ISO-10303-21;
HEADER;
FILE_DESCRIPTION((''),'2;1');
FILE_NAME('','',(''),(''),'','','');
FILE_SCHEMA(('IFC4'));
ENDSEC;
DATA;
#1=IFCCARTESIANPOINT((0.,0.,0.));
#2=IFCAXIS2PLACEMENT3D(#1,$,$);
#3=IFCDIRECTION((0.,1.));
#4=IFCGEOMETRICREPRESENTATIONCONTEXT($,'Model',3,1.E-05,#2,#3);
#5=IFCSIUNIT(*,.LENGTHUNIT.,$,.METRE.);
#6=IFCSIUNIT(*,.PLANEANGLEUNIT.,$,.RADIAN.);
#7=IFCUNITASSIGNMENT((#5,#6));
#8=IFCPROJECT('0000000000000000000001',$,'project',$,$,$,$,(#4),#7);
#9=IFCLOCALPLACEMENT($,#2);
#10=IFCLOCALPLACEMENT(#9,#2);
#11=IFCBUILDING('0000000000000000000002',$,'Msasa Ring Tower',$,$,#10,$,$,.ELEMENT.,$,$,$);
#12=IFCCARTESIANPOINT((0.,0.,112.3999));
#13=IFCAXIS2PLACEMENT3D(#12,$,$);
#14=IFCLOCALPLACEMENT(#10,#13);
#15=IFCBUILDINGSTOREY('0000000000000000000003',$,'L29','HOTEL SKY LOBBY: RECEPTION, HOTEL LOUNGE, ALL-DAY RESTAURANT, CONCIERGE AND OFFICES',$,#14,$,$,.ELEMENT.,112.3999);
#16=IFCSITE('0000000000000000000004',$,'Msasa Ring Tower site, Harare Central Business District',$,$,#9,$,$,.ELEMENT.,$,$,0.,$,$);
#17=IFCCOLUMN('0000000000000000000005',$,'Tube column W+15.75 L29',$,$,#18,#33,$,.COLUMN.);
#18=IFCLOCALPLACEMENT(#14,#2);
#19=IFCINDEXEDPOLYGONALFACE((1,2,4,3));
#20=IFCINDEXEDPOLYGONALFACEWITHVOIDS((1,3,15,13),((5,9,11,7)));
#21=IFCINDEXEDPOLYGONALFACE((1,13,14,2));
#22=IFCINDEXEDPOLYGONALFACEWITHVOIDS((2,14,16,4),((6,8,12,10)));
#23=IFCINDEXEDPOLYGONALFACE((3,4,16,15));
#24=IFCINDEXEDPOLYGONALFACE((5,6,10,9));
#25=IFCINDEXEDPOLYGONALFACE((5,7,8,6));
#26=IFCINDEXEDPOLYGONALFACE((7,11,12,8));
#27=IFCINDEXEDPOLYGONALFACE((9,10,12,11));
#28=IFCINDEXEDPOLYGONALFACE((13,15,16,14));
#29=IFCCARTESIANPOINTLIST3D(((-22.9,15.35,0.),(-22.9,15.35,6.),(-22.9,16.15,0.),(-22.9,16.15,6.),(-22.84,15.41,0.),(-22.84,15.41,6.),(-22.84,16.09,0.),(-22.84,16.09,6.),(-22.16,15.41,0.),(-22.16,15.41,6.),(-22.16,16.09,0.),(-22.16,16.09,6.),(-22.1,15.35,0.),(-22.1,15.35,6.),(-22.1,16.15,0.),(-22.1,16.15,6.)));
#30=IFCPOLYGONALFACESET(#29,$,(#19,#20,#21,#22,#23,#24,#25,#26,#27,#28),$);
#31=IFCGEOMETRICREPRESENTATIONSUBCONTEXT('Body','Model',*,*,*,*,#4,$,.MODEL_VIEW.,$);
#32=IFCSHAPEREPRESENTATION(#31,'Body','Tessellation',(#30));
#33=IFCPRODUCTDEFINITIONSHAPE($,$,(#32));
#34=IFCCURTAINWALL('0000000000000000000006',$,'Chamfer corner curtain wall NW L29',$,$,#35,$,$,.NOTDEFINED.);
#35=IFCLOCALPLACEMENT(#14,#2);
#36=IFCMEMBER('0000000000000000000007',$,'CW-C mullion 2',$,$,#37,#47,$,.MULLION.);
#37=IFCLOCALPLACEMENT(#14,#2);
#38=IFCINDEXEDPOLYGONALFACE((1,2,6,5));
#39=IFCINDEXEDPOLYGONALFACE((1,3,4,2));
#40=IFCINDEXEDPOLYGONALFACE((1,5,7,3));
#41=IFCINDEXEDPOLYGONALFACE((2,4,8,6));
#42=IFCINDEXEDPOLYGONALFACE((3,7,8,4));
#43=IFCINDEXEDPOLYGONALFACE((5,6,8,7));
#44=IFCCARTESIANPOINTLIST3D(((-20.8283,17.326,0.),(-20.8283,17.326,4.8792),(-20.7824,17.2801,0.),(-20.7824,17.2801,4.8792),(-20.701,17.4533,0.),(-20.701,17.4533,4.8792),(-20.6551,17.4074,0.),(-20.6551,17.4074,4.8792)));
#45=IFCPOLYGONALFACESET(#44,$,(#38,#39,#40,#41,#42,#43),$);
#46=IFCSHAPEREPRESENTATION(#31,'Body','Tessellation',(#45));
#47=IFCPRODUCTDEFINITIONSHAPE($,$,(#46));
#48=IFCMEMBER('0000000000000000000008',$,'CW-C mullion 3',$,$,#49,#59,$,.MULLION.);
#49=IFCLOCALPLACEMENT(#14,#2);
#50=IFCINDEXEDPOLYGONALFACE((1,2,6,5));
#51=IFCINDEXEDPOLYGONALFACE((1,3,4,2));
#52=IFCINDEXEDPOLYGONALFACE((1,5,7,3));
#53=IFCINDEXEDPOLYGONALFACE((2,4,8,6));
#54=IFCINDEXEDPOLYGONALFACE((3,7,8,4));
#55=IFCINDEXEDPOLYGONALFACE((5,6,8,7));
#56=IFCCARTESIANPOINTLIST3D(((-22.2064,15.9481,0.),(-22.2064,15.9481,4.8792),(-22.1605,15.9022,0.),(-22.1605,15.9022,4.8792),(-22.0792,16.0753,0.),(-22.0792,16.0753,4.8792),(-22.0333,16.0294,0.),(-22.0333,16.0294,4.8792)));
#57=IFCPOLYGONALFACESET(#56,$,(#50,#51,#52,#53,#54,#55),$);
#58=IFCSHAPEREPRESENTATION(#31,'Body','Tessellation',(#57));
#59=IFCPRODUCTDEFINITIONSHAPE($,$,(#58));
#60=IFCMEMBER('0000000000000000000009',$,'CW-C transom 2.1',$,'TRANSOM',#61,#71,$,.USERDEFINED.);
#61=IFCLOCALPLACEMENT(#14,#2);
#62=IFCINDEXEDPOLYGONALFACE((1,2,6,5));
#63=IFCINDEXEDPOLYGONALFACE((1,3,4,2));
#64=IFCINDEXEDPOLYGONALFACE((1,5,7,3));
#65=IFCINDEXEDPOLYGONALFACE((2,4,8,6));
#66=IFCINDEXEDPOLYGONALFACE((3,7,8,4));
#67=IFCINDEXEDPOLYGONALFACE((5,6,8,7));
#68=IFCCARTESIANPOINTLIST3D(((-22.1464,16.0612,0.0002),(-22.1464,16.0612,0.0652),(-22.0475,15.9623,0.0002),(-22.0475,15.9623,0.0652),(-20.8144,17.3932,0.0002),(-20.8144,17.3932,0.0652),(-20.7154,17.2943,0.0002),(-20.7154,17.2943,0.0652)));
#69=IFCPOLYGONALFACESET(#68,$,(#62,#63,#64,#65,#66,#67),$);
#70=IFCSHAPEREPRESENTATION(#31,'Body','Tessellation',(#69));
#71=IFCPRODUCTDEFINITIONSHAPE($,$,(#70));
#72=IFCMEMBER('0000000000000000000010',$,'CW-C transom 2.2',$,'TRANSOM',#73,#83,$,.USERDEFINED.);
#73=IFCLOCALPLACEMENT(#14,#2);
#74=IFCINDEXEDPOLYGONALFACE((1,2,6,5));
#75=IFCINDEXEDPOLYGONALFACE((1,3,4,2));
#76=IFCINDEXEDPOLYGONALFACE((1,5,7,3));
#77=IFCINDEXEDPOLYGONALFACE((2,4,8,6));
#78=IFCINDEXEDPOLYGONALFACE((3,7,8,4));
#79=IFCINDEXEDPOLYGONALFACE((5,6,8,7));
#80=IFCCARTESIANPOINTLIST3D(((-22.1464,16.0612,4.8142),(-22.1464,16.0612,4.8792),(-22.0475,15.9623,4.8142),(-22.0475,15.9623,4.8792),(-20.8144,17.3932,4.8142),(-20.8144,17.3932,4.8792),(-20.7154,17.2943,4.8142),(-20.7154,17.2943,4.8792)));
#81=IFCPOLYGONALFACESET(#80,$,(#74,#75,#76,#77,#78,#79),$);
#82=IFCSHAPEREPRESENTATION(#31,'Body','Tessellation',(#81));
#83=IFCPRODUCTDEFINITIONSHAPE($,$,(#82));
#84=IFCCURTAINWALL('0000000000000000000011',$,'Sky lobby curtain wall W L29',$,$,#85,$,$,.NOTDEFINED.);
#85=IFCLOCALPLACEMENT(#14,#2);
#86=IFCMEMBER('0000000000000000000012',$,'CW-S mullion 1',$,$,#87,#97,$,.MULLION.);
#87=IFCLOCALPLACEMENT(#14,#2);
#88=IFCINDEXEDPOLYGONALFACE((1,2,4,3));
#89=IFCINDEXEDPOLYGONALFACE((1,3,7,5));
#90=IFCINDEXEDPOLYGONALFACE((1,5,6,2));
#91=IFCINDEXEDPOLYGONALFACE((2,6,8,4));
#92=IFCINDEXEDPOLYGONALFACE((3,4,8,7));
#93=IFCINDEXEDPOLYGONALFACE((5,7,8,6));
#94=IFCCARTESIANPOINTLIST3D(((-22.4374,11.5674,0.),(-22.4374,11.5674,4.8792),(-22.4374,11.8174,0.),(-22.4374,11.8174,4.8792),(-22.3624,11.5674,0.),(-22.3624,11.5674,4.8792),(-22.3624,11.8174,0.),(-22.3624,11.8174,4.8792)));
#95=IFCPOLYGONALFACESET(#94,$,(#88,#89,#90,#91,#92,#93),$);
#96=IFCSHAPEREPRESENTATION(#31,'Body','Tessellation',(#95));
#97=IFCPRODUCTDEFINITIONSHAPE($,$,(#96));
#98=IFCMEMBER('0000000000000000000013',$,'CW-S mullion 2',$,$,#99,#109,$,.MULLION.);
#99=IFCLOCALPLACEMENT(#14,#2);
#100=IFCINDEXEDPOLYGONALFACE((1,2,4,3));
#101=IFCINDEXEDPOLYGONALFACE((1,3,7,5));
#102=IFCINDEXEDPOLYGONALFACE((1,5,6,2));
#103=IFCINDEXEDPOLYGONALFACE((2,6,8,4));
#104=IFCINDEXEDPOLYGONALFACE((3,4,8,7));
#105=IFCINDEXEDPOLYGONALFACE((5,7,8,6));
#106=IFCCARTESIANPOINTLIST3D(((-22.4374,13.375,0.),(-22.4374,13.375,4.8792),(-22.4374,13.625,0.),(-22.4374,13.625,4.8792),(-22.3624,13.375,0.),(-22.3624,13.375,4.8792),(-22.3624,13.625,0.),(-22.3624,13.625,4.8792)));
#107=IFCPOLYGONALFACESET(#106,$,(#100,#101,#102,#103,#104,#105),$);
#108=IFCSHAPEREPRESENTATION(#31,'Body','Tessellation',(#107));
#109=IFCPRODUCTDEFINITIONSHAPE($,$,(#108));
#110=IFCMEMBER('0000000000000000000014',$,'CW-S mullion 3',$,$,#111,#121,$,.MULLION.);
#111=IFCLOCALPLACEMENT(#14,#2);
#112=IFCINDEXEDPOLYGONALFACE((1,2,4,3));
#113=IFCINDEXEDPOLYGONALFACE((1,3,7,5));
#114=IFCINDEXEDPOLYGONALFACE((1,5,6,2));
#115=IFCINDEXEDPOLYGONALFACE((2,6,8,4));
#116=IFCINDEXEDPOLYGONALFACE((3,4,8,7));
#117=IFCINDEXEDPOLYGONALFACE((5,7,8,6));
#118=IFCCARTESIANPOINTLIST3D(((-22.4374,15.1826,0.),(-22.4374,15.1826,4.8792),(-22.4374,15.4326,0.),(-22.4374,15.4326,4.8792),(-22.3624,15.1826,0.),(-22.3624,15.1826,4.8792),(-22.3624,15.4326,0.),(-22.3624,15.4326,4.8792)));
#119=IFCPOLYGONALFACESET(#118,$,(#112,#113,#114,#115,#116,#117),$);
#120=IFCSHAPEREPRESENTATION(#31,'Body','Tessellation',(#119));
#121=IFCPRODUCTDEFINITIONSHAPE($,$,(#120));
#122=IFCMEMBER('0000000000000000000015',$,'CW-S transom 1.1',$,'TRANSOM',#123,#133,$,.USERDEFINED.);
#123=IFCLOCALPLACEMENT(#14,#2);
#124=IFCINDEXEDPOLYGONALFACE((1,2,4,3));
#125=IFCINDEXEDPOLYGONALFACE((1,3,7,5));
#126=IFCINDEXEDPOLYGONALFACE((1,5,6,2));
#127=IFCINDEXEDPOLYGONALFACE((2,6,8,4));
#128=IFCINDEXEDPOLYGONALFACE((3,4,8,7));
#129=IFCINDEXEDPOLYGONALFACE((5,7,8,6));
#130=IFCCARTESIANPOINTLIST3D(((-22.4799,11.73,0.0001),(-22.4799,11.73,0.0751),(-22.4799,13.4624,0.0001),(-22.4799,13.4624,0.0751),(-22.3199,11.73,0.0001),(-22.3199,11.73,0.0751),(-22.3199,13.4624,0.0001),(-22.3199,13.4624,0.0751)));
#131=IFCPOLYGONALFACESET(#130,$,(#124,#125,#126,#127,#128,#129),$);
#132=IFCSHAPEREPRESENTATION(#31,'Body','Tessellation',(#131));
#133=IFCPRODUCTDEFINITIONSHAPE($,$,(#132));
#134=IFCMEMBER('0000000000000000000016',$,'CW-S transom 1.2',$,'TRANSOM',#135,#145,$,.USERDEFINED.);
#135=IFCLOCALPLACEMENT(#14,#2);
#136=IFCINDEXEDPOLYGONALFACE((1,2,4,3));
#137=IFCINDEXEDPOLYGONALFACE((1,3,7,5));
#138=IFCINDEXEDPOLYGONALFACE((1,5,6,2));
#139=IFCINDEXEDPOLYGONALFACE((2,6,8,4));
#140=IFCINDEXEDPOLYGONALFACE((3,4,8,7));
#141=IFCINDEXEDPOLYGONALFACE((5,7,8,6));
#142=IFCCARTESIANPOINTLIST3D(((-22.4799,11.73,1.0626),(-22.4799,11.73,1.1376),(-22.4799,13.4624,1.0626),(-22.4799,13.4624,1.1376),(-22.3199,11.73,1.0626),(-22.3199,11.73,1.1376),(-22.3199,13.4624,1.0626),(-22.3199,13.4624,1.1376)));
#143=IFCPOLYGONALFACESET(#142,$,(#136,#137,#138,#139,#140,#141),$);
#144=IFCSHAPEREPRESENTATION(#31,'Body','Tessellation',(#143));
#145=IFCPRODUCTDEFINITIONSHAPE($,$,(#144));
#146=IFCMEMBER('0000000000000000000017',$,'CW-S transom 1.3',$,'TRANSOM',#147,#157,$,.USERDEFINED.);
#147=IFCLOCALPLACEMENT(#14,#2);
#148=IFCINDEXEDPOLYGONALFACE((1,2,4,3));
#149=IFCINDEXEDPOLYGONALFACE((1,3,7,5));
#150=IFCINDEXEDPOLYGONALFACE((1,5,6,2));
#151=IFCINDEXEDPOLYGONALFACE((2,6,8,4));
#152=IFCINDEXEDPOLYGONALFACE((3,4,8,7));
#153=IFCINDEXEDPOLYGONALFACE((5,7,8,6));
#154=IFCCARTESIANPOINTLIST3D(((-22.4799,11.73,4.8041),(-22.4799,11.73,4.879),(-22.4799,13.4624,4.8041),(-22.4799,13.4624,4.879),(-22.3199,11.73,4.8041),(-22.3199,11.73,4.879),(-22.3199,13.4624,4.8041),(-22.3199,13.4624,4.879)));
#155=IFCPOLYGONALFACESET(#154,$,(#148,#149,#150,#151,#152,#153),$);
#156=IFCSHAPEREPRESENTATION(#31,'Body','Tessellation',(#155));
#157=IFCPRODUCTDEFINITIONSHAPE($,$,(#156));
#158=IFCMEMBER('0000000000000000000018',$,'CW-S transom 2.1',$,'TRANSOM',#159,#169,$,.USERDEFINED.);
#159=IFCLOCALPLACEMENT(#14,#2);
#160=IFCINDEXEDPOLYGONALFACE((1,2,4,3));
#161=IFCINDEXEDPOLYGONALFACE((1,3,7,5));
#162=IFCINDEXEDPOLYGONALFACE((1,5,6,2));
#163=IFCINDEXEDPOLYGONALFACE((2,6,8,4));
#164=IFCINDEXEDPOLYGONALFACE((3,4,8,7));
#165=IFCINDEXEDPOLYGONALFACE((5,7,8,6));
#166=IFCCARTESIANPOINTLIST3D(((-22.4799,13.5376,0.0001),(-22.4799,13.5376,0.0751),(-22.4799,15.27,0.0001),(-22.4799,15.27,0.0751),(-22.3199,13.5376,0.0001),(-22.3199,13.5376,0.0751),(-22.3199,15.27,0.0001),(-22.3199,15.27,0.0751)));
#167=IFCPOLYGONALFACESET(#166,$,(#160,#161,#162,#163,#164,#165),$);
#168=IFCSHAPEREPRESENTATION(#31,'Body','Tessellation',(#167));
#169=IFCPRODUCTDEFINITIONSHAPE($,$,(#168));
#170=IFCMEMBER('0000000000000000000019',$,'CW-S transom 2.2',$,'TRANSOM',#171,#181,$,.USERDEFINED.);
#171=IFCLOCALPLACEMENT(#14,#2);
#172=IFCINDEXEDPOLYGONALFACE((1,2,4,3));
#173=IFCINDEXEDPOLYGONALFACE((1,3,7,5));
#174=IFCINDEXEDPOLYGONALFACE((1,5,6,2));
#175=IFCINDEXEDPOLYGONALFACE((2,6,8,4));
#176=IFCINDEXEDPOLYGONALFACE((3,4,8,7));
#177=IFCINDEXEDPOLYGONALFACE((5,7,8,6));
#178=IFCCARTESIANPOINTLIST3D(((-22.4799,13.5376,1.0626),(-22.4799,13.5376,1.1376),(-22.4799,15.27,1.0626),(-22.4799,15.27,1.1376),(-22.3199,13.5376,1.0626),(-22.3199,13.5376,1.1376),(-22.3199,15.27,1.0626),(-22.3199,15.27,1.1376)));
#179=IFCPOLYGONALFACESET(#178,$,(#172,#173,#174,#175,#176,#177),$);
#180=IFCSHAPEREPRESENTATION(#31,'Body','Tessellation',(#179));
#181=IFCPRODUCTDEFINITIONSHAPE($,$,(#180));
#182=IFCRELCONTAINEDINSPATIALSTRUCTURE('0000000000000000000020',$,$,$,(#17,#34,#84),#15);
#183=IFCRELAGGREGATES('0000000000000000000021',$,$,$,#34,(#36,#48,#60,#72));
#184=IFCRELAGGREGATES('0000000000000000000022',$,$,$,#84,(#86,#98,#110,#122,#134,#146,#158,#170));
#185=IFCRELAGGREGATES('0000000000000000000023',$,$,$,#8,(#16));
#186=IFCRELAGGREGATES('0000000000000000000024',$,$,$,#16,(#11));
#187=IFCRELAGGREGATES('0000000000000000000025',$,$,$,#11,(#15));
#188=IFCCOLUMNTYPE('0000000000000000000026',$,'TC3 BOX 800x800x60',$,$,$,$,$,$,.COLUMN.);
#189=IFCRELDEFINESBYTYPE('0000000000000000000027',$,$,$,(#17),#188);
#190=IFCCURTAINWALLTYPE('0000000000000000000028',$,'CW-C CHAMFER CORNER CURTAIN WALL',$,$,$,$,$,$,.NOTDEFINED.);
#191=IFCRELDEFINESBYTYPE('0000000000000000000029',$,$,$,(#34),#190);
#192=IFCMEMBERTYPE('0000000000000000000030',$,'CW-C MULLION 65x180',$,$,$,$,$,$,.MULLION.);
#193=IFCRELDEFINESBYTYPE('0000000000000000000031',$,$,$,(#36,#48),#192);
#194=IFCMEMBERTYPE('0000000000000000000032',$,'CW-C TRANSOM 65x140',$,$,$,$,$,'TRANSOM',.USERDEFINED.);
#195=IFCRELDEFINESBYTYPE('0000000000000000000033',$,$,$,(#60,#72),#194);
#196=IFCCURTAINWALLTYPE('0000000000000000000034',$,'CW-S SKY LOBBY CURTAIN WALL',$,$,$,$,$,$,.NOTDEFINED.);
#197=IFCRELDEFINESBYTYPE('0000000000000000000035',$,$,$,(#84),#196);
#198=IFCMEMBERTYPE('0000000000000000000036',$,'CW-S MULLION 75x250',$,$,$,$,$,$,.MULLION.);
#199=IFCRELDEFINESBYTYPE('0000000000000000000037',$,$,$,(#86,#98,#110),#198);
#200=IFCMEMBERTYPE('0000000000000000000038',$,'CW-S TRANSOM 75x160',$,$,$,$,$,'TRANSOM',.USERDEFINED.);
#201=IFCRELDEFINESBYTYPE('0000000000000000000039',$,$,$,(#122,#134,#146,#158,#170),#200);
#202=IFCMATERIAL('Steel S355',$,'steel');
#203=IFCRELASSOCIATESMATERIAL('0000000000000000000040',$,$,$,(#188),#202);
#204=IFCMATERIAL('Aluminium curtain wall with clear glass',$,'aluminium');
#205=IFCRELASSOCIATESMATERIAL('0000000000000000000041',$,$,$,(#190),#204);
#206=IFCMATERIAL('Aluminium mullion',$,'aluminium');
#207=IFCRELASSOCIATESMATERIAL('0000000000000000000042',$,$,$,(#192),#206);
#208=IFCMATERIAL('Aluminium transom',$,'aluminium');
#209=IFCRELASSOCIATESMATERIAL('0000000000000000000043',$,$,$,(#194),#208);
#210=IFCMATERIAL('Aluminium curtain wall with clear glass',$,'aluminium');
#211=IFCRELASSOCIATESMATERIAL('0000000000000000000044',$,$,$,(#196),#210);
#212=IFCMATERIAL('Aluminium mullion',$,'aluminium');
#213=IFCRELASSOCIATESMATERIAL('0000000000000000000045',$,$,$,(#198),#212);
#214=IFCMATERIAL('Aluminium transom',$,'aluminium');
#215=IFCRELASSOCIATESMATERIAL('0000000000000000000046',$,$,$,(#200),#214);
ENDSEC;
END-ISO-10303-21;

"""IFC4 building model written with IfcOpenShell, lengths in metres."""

from ifc_helpers import new_model, si_unit, direction, frame, origin, origin_2d, place, context, subcontext, project, spatial, rectangle, hollow_rectangle, extrude, material, material_profile, profile_set, type_object, element, aggregate, save


model = new_model("IFC4")

# Units and contexts
model_context = context("Model", 3, precision=1e-05, world=origin(), true_north=direction((0.0, 1.0)))
body_context = subcontext(model_context, "Body", "Model", "MODEL_VIEW")
ifc_project = project(units=[si_unit("LENGTHUNIT", "METRE"), si_unit("PLANEANGLEUNIT", "RADIAN")], contexts=[model_context])

# Site, building, storey
site_placement = place(None, origin())
site = spatial("IfcSite", under=ifc_project, at=site_placement, Name="Msasa Ring Tower site, Harare Central Business District", CompositionType="ELEMENT", RefElevation=0.0)
building_placement = place(site_placement, origin())
building = spatial("IfcBuilding", under=site, at=building_placement, Name="Msasa Ring Tower", CompositionType="ELEMENT")
storey_placement = place(building_placement, frame((0.0, 0.0, 112.3999)))
storey = spatial("IfcBuildingStorey", under=building, at=storey_placement, Name="L29", Description="HOTEL SKY LOBBY: RECEPTION, HOTEL LOUNGE, ALL-DAY RESTAURANT, CONCIERGE AND OFFICES", CompositionType="ELEMENT", Elevation=112.3999)

# Column
ifc_material_1 = material(Name="Steel S355", Category="steel")
ifc_material_profile_1 = material_profile(ifc_material_1, hollow_rectangle(XDim=0.8, YDim=0.8, WallThickness=0.0601, at=origin_2d()), Name="BOX 800x800x60")
ifc_profile_set_1 = profile_set([ifc_material_profile_1], Name="Steel S355")
column_type = type_object("IfcColumnType", Name="TC3 BOX 800x800x60", PredefinedType="COLUMN", material=ifc_profile_set_1)
column_placement = place(storey_placement, frame((-22.5, 15.75, 0.0), z_axis=(0.0, 0.0, 1.0), x_axis=(1.0, 0.0, 0.0)))
element("IfcColumn", 1, at=column_placement, inside=storey, type_object=column_type, Name="Tube column W+15.75 L29", PredefinedType="COLUMN", context=body_context, shape_type="SweptSolid", body=[
    extrude(hollow_rectangle(XDim=0.8, YDim=0.8, WallThickness=0.0601, at=origin_2d()), origin(), (0.0, 0.0, 1.0), 6.0),
])

# Curtain walls, members
ifc_material_2 = material(Name="Aluminium curtain wall with clear glass", Category="aluminium")
curtain_wall_type_1 = type_object("IfcCurtainWallType", Name="CW-C CHAMFER CORNER CURTAIN WALL", PredefinedType="NOTDEFINED", material=ifc_material_2)
curtain_wall_1_placement = place(storey_placement, origin())
curtain_wall_1 = element("IfcCurtainWall", 2, at=curtain_wall_1_placement, inside=storey, type_object=curtain_wall_type_1, Name="Chamfer corner curtain wall NW L29", PredefinedType="NOTDEFINED")
ifc_material_3 = material(Name="Aluminium mullion", Category="aluminium")
ifc_material_profile_2 = material_profile(ifc_material_3, rectangle(XDim=0.0649, YDim=0.1799, at=origin_2d()), Name="AL 65x180")
ifc_profile_set_2 = profile_set([ifc_material_profile_2], Name="Aluminium mullion")
member_type_1 = type_object("IfcMemberType", Name="CW-C MULLION 65x180", PredefinedType="MULLION", material=ifc_profile_set_2)
member_1_placement = place(storey_placement, frame((-20.7417, 17.3667, 0.0), z_axis=(0.0, 0.0, 1.0), x_axis=(0.707107, -0.707107, 0.0)))
member_1 = element("IfcMember", 3, at=member_1_placement, type_object=member_type_1, Name="CW-C mullion 2", PredefinedType="MULLION", context=body_context, shape_type="SweptSolid", body=[
    extrude(rectangle(XDim=0.0649, YDim=0.1799, at=origin_2d()), origin(), (0.0, 0.0, 1.0), 4.8792),
])
member_2_placement = place(storey_placement, frame((-22.1199, 15.9888, 0.0), z_axis=(0.0, 0.0, 1.0), x_axis=(0.707107, -0.707107, 0.0)))
member_2 = element("IfcMember", 4, at=member_2_placement, type_object=member_type_1, Name="CW-C mullion 3", PredefinedType="MULLION", context=body_context, shape_type="SweptSolid", body=[
    extrude(rectangle(XDim=0.0649, YDim=0.1799, at=origin_2d()), origin(), (0.0, 0.0, 1.0), 4.8792),
])
ifc_material_4 = material(Name="Aluminium transom", Category="aluminium")
ifc_material_profile_3 = material_profile(ifc_material_4, rectangle(XDim=0.1399, YDim=0.0649, at=origin_2d()), Name="AL 65x140")
ifc_profile_set_3 = profile_set([ifc_material_profile_3], Name="Aluminium transom")
member_type_2 = type_object("IfcMemberType", Name="CW-C TRANSOM 65x140", ElementType="TRANSOM", PredefinedType="USERDEFINED", material=ifc_profile_set_3)
member_3_placement = place(storey_placement, frame((-20.7649, 17.3438, 0.0327), z_axis=(-0.707107, -0.707107, 0.0), x_axis=(0.707107, -0.707107, 0.0)))
member_3 = element("IfcMember", 5, at=member_3_placement, type_object=member_type_2, Name="CW-C transom 2.1", ObjectType="TRANSOM", PredefinedType="USERDEFINED", context=body_context, shape_type="SweptSolid", body=[
    extrude(rectangle(XDim=0.1399, YDim=0.0649, at=origin_2d()), origin(), (0.0, 0.0, 1.0), 1.8838),
])
member_4_placement = place(storey_placement, frame((-20.7649, 17.3438, 4.8467), z_axis=(-0.707107, -0.707107, 0.0), x_axis=(0.707107, -0.707107, 0.0)))
member_4 = element("IfcMember", 6, at=member_4_placement, type_object=member_type_2, Name="CW-C transom 2.2", ObjectType="TRANSOM", PredefinedType="USERDEFINED", context=body_context, shape_type="SweptSolid", body=[
    extrude(rectangle(XDim=0.1399, YDim=0.0649, at=origin_2d()), origin(), (0.0, 0.0, 1.0), 1.8838),
])
ifc_material_5 = material(Name="Aluminium curtain wall with clear glass", Category="aluminium")
curtain_wall_type_2 = type_object("IfcCurtainWallType", Name="CW-S SKY LOBBY CURTAIN WALL", PredefinedType="NOTDEFINED", material=ifc_material_5)
curtain_wall_2_placement = place(storey_placement, origin())
curtain_wall_2 = element("IfcCurtainWall", 7, at=curtain_wall_2_placement, inside=storey, type_object=curtain_wall_type_2, Name="Sky lobby curtain wall W L29", PredefinedType="NOTDEFINED")
ifc_material_6 = material(Name="Aluminium mullion", Category="aluminium")
ifc_material_profile_4 = material_profile(ifc_material_6, rectangle(XDim=0.075, YDim=0.25, at=origin_2d()), Name="AL 75x250")
ifc_profile_set_4 = profile_set([ifc_material_profile_4], Name="Aluminium mullion")
member_type_3 = type_object("IfcMemberType", Name="CW-S MULLION 75x250", PredefinedType="MULLION", material=ifc_profile_set_4)
member_5_placement = place(storey_placement, frame((-22.3999, 11.6924, 0.0), z_axis=(0.0, 0.0, 1.0), x_axis=(-1.0, 0.0, 0.0)))
member_5 = element("IfcMember", 8, at=member_5_placement, type_object=member_type_3, Name="CW-S mullion 1", PredefinedType="MULLION", context=body_context, shape_type="SweptSolid", body=[
    extrude(rectangle(XDim=0.075, YDim=0.25, at=origin_2d()), origin(), (0.0, 0.0, 1.0), 4.8792),
])
member_6_placement = place(storey_placement, frame((-22.3999, 13.5, 0.0), z_axis=(0.0, 0.0, 1.0), x_axis=(-1.0, 0.0, 0.0)))
member_6 = element("IfcMember", 9, at=member_6_placement, type_object=member_type_3, Name="CW-S mullion 2", PredefinedType="MULLION", context=body_context, shape_type="SweptSolid", body=[
    extrude(rectangle(XDim=0.075, YDim=0.25, at=origin_2d()), origin(), (0.0, 0.0, 1.0), 4.8792),
])
member_7_placement = place(storey_placement, frame((-22.3999, 15.3076, 0.0), z_axis=(0.0, 0.0, 1.0), x_axis=(-1.0, 0.0, 0.0)))
member_7 = element("IfcMember", 10, at=member_7_placement, type_object=member_type_3, Name="CW-S mullion 3", PredefinedType="MULLION", context=body_context, shape_type="SweptSolid", body=[
    extrude(rectangle(XDim=0.075, YDim=0.25, at=origin_2d()), origin(), (0.0, 0.0, 1.0), 4.8792),
])
ifc_material_7 = material(Name="Aluminium transom", Category="aluminium")
ifc_material_profile_5 = material_profile(ifc_material_7, rectangle(XDim=0.1599, YDim=0.075, at=origin_2d()), Name="AL 75x160")
ifc_profile_set_5 = profile_set([ifc_material_profile_5], Name="Aluminium transom")
member_type_4 = type_object("IfcMemberType", Name="CW-S TRANSOM 75x160", ElementType="TRANSOM", PredefinedType="USERDEFINED", material=ifc_profile_set_5)
member_8_placement = place(storey_placement, frame((-22.3999, 11.73, 0.0376), z_axis=(0.0, 1.0, 0.0), x_axis=(-1.0, 0.0, 0.0)))
member_8 = element("IfcMember", 11, at=member_8_placement, type_object=member_type_4, Name="CW-S transom 1.1", ObjectType="TRANSOM", PredefinedType="USERDEFINED", context=body_context, shape_type="SweptSolid", body=[
    extrude(rectangle(XDim=0.1599, YDim=0.075, at=origin_2d()), origin(), (0.0, 0.0, 1.0), 1.7324),
])
member_9_placement = place(storey_placement, frame((-22.3999, 11.73, 1.1001), z_axis=(0.0, 1.0, 0.0), x_axis=(-1.0, 0.0, 0.0)))
member_9 = element("IfcMember", 12, at=member_9_placement, type_object=member_type_4, Name="CW-S transom 1.2", ObjectType="TRANSOM", PredefinedType="USERDEFINED", context=body_context, shape_type="SweptSolid", body=[
    extrude(rectangle(XDim=0.1599, YDim=0.075, at=origin_2d()), origin(), (0.0, 0.0, 1.0), 1.7324),
])
member_10_placement = place(storey_placement, frame((-22.3999, 11.73, 4.8416), z_axis=(0.0, 1.0, 0.0), x_axis=(-1.0, 0.0, 0.0)))
member_10 = element("IfcMember", 13, at=member_10_placement, type_object=member_type_4, Name="CW-S transom 1.3", ObjectType="TRANSOM", PredefinedType="USERDEFINED", context=body_context, shape_type="SweptSolid", body=[
    extrude(rectangle(XDim=0.1599, YDim=0.075, at=origin_2d()), origin(), (0.0, 0.0, 1.0), 1.7324),
])
member_11_placement = place(storey_placement, frame((-22.3999, 13.5376, 0.0376), z_axis=(0.0, 1.0, 0.0), x_axis=(-1.0, 0.0, 0.0)))
member_11 = element("IfcMember", 14, at=member_11_placement, type_object=member_type_4, Name="CW-S transom 2.1", ObjectType="TRANSOM", PredefinedType="USERDEFINED", context=body_context, shape_type="SweptSolid", body=[
    extrude(rectangle(XDim=0.1599, YDim=0.075, at=origin_2d()), origin(), (0.0, 0.0, 1.0), 1.7324),
])
member_12_placement = place(storey_placement, frame((-22.3999, 13.5376, 1.1001), z_axis=(0.0, 1.0, 0.0), x_axis=(-1.0, 0.0, 0.0)))
member_12 = element("IfcMember", 15, at=member_12_placement, type_object=member_type_4, Name="CW-S transom 2.2", ObjectType="TRANSOM", PredefinedType="USERDEFINED", context=body_context, shape_type="SweptSolid", body=[
    extrude(rectangle(XDim=0.1599, YDim=0.075, at=origin_2d()), origin(), (0.0, 0.0, 1.0), 1.7324),
])

aggregate(curtain_wall_1, [member_1, member_2, member_3, member_4])
aggregate(curtain_wall_2, [member_5, member_6, member_7, member_8, member_9, member_10, member_11, member_12])

save(model, "model.ifc")
